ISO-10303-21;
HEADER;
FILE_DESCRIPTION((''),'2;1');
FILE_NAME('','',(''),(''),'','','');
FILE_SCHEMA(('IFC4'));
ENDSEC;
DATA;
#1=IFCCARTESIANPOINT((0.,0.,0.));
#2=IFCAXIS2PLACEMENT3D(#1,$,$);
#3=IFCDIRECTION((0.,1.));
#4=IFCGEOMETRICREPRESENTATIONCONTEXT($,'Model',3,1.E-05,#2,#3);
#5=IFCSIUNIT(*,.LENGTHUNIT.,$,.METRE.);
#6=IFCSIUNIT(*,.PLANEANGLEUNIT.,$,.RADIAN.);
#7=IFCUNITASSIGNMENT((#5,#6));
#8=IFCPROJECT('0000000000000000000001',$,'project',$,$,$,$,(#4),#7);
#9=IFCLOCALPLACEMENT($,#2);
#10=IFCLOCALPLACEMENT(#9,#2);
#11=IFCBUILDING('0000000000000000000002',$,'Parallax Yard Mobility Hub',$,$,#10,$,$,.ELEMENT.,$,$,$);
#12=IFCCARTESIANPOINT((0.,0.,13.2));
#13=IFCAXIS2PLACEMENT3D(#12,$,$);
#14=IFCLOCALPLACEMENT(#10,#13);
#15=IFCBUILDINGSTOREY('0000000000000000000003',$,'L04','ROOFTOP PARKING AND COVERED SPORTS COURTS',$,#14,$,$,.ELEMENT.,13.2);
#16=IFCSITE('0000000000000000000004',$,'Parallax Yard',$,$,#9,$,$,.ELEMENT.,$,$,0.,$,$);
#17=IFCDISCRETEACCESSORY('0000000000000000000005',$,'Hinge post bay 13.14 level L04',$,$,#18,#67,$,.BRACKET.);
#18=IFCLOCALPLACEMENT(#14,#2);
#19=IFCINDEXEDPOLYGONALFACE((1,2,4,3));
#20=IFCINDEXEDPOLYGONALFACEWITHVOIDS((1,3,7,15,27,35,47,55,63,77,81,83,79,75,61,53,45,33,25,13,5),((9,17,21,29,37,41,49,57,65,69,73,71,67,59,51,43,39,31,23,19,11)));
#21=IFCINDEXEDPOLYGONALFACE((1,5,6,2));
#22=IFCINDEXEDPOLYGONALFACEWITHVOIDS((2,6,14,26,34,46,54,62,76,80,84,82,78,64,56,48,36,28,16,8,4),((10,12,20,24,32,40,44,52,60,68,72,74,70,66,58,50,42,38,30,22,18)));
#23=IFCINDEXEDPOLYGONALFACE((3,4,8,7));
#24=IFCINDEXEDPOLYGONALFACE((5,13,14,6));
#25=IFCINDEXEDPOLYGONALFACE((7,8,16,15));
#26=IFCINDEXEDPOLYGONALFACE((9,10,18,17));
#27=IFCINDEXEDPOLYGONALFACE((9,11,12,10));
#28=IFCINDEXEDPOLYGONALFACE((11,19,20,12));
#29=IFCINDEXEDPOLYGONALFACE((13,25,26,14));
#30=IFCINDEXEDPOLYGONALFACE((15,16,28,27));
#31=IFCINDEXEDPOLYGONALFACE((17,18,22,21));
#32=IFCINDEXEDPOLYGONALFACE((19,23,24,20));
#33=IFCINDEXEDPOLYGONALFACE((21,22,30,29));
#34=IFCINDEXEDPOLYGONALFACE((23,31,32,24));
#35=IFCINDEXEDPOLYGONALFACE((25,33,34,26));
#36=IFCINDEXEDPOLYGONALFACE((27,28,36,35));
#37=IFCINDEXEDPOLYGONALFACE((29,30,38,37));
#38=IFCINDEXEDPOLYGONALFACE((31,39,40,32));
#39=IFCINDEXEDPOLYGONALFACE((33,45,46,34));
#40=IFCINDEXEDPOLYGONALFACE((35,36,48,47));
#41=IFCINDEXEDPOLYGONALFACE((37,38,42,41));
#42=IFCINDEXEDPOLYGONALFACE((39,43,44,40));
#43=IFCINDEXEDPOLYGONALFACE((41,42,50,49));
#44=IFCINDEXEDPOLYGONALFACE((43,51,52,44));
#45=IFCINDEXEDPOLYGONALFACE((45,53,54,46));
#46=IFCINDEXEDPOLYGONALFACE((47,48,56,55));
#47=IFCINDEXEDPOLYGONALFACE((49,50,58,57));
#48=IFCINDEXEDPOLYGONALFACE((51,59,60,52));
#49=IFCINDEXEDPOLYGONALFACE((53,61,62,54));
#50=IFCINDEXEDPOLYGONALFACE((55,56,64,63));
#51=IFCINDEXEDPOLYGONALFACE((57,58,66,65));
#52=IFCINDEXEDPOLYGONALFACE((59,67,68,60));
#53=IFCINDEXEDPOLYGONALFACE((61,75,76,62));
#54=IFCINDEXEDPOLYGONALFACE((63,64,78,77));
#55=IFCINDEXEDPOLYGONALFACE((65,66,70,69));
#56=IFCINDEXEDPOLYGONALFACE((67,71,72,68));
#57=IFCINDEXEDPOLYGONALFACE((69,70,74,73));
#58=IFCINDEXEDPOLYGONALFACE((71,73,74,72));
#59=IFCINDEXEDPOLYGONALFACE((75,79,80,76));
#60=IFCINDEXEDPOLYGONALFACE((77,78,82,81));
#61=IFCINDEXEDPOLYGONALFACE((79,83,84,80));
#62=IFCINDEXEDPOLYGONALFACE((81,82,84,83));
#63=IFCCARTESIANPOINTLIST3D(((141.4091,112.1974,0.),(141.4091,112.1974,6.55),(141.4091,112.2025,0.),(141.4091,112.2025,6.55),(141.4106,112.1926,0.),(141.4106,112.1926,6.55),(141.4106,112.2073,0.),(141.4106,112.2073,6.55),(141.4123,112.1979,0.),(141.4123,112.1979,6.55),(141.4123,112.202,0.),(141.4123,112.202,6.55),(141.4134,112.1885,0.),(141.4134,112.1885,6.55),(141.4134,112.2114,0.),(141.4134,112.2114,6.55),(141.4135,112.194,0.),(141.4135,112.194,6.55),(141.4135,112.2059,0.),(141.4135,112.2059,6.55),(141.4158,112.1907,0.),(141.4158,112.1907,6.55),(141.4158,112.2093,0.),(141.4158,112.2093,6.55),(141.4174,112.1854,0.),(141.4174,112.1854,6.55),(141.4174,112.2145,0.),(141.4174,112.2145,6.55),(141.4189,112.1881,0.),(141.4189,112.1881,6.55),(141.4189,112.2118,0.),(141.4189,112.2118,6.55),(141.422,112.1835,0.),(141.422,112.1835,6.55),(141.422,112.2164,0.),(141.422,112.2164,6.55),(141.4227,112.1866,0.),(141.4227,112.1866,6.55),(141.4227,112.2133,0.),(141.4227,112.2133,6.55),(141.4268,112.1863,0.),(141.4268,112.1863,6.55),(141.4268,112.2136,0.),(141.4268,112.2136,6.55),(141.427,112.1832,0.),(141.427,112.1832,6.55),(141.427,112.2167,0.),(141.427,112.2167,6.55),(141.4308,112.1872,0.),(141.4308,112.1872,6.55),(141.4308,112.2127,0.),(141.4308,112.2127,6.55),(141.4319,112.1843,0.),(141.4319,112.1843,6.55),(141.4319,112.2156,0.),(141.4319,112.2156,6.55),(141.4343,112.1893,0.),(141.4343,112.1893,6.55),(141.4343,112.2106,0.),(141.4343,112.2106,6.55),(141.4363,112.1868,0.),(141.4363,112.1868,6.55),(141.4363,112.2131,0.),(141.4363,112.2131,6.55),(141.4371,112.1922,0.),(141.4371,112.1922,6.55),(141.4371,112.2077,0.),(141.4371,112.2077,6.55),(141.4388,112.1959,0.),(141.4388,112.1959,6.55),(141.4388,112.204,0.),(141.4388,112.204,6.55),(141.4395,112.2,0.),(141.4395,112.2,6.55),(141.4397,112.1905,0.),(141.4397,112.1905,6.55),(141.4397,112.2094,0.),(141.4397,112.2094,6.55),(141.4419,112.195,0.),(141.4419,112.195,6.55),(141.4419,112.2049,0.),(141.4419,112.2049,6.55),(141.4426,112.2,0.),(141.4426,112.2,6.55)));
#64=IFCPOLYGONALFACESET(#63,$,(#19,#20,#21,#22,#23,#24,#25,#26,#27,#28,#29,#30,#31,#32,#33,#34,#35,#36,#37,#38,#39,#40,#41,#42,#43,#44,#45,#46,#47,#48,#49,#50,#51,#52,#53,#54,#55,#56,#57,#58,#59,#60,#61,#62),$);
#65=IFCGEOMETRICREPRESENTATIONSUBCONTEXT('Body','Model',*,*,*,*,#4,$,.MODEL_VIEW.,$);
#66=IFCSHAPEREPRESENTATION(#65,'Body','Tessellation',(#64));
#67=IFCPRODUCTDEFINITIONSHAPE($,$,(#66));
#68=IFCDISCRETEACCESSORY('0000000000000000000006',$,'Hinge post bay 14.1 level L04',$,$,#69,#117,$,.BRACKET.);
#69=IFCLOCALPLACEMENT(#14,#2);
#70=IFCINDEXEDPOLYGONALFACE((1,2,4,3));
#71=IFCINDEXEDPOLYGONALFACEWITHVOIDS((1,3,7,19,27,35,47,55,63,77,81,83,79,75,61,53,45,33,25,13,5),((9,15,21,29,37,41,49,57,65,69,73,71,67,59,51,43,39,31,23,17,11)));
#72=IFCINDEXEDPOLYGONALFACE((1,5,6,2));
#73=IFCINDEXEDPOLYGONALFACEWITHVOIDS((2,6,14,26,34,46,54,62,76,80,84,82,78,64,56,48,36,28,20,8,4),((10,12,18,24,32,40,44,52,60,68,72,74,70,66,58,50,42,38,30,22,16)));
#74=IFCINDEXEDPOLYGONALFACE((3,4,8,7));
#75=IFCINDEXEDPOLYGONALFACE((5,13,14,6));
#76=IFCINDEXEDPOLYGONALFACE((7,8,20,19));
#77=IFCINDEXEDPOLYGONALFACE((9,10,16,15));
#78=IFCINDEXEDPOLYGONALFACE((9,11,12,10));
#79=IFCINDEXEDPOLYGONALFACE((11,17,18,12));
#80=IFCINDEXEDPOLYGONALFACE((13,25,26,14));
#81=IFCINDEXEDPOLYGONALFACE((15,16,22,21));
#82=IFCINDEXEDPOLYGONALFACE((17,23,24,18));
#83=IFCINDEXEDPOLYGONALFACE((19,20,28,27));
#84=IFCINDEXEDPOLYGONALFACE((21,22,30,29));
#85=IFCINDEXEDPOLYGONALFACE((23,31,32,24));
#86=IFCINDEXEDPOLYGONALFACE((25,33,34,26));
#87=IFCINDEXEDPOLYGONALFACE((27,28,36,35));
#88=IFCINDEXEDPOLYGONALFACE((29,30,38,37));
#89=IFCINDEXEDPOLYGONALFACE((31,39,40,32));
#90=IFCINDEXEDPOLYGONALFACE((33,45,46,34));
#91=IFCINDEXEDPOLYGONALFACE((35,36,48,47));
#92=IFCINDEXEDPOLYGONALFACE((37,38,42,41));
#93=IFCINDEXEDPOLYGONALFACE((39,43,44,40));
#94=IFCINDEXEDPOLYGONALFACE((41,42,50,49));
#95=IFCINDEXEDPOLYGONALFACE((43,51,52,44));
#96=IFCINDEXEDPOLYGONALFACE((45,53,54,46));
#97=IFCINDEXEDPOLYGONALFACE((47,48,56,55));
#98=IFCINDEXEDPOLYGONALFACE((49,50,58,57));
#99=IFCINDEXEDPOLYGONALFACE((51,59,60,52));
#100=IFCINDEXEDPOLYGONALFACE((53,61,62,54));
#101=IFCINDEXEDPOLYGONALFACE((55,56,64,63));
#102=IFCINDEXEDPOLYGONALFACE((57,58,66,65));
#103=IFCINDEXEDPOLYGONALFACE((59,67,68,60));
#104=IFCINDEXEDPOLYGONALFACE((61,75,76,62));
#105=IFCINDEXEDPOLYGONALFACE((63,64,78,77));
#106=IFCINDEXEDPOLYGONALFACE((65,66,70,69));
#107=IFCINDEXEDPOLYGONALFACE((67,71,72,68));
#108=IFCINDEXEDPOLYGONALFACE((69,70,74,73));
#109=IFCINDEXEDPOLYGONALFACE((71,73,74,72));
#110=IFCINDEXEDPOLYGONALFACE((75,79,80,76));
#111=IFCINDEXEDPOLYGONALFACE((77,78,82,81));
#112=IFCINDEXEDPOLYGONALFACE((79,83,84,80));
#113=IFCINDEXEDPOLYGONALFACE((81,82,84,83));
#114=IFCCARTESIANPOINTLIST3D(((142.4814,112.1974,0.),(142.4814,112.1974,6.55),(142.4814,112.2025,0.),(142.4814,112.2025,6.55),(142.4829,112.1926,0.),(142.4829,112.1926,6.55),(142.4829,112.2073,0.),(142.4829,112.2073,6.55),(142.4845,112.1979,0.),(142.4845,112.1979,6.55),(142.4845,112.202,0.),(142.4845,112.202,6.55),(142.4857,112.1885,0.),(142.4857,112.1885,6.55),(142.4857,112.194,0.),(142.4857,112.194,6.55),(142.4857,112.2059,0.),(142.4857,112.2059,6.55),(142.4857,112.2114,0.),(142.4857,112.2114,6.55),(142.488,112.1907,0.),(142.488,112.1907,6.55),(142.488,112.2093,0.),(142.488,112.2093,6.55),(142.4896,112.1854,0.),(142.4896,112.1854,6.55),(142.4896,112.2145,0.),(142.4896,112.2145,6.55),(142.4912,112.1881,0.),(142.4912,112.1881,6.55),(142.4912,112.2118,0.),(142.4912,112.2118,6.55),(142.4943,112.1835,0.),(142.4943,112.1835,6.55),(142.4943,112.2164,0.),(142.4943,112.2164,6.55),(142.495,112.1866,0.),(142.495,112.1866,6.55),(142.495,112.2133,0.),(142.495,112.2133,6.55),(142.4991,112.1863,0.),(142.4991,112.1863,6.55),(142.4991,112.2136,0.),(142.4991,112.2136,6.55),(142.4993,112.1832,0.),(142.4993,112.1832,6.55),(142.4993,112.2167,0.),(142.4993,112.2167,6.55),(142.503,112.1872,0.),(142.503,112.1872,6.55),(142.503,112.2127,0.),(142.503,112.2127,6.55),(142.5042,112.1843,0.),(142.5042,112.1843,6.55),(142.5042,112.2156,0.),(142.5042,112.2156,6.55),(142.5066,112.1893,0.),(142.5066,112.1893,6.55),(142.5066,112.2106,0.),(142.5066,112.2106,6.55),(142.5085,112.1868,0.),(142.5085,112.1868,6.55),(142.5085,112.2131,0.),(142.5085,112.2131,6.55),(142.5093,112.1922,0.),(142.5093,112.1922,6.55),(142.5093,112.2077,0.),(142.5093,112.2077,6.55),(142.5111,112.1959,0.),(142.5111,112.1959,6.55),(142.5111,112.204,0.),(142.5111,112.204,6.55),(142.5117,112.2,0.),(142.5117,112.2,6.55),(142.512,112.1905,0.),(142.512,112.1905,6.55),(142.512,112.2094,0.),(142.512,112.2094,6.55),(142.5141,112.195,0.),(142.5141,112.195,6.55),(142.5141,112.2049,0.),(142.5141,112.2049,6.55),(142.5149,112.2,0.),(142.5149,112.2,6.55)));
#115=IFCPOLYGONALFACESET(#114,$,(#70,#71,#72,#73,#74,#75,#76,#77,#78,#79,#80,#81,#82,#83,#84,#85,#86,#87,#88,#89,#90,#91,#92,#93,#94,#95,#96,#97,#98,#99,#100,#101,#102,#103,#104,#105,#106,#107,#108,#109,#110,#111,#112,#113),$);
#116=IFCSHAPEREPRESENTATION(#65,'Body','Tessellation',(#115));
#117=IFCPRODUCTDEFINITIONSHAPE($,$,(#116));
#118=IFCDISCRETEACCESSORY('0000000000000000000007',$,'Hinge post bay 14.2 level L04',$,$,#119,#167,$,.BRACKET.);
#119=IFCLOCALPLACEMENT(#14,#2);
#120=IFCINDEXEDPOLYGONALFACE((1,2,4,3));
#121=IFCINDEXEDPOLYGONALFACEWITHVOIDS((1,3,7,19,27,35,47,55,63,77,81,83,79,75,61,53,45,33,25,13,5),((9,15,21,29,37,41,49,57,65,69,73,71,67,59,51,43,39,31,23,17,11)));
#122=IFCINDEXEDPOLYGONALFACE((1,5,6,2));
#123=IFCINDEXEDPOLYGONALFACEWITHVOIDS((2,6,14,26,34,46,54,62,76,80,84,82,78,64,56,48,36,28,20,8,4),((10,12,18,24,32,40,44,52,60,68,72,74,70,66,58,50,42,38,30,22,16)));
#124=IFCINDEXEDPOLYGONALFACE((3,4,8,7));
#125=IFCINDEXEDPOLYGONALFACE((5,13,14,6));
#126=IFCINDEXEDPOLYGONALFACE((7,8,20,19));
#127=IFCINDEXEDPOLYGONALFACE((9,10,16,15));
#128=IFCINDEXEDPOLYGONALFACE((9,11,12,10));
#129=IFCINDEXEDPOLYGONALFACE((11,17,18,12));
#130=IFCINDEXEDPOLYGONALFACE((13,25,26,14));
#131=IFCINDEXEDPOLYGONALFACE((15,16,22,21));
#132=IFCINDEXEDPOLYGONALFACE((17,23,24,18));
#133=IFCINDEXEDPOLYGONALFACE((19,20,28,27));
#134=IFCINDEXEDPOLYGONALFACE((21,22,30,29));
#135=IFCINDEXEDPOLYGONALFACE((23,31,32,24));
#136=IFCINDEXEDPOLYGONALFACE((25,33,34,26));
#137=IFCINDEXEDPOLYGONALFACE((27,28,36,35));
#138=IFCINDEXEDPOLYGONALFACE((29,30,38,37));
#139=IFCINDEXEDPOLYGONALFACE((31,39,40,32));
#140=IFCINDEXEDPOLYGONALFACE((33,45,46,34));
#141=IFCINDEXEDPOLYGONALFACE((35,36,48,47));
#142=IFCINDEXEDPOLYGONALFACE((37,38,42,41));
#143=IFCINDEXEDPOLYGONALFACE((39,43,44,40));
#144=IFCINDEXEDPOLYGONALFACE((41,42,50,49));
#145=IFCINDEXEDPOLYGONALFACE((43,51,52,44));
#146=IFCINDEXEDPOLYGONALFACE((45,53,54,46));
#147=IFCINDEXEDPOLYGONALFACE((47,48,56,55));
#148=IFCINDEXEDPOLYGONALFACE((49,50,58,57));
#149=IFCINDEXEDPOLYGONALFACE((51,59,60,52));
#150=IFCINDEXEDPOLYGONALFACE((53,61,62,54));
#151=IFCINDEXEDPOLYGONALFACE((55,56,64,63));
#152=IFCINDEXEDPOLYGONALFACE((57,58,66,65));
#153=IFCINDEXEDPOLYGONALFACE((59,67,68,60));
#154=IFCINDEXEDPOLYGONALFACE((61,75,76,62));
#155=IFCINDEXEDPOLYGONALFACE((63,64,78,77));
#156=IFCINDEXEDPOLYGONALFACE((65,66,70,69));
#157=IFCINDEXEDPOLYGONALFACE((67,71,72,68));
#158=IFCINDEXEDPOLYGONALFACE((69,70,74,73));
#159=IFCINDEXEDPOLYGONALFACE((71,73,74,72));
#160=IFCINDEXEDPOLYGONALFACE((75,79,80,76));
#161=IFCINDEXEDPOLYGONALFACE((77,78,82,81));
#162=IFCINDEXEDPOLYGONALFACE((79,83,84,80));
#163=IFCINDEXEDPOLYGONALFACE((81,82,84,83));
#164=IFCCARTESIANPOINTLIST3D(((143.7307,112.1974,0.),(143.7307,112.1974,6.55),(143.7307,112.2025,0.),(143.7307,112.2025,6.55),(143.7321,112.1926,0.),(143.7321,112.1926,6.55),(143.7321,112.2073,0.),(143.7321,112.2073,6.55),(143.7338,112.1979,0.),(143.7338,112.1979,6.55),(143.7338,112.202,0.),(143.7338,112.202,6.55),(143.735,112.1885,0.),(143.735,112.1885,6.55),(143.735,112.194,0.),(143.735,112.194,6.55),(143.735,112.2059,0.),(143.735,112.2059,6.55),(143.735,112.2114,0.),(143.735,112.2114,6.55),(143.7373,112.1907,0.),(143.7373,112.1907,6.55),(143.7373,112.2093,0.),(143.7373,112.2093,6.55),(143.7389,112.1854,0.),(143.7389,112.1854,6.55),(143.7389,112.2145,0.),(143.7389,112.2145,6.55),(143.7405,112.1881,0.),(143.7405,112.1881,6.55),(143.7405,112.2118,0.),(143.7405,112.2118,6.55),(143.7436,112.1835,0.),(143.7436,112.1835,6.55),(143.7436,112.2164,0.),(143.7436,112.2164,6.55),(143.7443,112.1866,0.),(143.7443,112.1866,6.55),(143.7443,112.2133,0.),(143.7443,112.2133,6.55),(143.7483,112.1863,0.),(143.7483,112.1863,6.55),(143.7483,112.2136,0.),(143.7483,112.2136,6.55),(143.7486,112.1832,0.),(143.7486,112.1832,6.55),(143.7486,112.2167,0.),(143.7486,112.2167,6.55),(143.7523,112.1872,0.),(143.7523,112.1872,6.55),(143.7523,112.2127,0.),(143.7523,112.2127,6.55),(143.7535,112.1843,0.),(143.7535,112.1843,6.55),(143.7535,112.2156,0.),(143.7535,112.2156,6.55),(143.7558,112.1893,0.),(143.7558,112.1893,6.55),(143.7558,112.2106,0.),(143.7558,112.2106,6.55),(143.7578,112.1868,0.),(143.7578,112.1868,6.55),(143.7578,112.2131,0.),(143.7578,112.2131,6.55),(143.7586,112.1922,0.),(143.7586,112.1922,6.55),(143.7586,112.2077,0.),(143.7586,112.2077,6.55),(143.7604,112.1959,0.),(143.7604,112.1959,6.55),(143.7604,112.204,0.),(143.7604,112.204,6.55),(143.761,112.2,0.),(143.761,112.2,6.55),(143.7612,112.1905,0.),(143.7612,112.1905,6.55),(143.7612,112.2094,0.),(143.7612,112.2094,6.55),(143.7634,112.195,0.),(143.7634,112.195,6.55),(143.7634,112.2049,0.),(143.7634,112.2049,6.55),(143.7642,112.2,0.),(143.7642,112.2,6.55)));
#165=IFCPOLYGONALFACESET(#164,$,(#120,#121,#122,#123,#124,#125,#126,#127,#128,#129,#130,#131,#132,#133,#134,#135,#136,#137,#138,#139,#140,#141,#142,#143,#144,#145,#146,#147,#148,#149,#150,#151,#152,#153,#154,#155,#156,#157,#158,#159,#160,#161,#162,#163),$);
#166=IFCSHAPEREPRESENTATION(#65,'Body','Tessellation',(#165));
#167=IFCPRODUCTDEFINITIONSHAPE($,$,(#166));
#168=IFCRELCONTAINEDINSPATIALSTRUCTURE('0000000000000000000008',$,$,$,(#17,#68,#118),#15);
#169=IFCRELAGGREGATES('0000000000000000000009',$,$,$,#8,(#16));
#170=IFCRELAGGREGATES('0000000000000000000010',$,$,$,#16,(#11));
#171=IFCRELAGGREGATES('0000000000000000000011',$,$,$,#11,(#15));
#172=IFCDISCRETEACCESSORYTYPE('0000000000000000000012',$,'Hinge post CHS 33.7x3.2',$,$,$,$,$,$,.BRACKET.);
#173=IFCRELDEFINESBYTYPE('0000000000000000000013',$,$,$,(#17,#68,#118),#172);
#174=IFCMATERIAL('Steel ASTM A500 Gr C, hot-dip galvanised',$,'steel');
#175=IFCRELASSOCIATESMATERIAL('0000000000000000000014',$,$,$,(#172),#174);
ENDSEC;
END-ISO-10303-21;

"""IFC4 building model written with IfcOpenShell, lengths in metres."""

from ifc_helpers import new_model, si_unit, direction, frame, origin, origin_2d, place, context, subcontext, project, spatial, hollow_circle, extrude, material, material_profile, profile_set, type_object, element, save


model = new_model("IFC4")

# Units and contexts
model_context = context("Model", 3, precision=1e-05, world=origin(), true_north=direction((0.0, 1.0)))
body_context = subcontext(model_context, "Body", "Model", "MODEL_VIEW")
ifc_project = project(units=[si_unit("LENGTHUNIT", "METRE"), si_unit("PLANEANGLEUNIT", "RADIAN")], contexts=[model_context])

# Site, building, storey
site_placement = place(None, origin())
site = spatial("IfcSite", under=ifc_project, at=site_placement, Name="Parallax Yard", CompositionType="ELEMENT", RefElevation=0.0)
building_placement = place(site_placement, origin())
building = spatial("IfcBuilding", under=site, at=building_placement, Name="Parallax Yard Mobility Hub", CompositionType="ELEMENT")
storey_placement = place(building_placement, frame((0.0, 0.0, 13.2)))
storey = spatial("IfcBuildingStorey", under=building, at=storey_placement, Name="L04", Description="ROOFTOP PARKING AND COVERED SPORTS COURTS", CompositionType="ELEMENT", Elevation=13.2)

# Discrete accessories
ifc_material_1 = material(Name="Steel ASTM A500 Gr C, hot-dip galvanised", Category="steel")
ifc_material_profile = material_profile(ifc_material_1, hollow_circle(Radius=0.0168, WallThickness=0.0032, at=origin_2d()), Name="CHS 33.7x3.2")
ifc_profile_set = profile_set([ifc_material_profile], Name="Steel ASTM A500 Gr C, hot-dip galvanised")
discrete_accessory_type_1 = type_object("IfcDiscreteAccessoryType", Name="Hinge post CHS 33.7x3.2", PredefinedType="BRACKET", material=ifc_profile_set)
for number, where, z_axis, x_axis, name in (
    (1, (141.4258, 112.2, 0.0), (0.0, 0.0, 1.0), (1.0, 0.0, 0.0), "Hinge post bay 13.14 level L04"),
    (2, (142.498, 112.2, 0.0), (0.0, 0.0, 1.0), (1.0, 0.0, 0.0), "Hinge post bay 14.1 level L04"),
    (3, (143.7473, 112.2, 0.0), (0.0, 0.0, 1.0), (1.0, 0.0, 0.0), "Hinge post bay 14.2 level L04"),
):
    element("IfcDiscreteAccessory", number, at=place(storey_placement, frame(where, z_axis=z_axis, x_axis=x_axis)), inside=storey, type_object=discrete_accessory_type_1, Name=name, PredefinedType="BRACKET", context=body_context, shape_type="SweptSolid", body=[
        extrude(hollow_circle(Radius=0.0168, WallThickness=0.0032, at=origin_2d()), origin(), (0.0, 0.0, 1.0), 6.55),
    ])

save(model, "model.ifc")
